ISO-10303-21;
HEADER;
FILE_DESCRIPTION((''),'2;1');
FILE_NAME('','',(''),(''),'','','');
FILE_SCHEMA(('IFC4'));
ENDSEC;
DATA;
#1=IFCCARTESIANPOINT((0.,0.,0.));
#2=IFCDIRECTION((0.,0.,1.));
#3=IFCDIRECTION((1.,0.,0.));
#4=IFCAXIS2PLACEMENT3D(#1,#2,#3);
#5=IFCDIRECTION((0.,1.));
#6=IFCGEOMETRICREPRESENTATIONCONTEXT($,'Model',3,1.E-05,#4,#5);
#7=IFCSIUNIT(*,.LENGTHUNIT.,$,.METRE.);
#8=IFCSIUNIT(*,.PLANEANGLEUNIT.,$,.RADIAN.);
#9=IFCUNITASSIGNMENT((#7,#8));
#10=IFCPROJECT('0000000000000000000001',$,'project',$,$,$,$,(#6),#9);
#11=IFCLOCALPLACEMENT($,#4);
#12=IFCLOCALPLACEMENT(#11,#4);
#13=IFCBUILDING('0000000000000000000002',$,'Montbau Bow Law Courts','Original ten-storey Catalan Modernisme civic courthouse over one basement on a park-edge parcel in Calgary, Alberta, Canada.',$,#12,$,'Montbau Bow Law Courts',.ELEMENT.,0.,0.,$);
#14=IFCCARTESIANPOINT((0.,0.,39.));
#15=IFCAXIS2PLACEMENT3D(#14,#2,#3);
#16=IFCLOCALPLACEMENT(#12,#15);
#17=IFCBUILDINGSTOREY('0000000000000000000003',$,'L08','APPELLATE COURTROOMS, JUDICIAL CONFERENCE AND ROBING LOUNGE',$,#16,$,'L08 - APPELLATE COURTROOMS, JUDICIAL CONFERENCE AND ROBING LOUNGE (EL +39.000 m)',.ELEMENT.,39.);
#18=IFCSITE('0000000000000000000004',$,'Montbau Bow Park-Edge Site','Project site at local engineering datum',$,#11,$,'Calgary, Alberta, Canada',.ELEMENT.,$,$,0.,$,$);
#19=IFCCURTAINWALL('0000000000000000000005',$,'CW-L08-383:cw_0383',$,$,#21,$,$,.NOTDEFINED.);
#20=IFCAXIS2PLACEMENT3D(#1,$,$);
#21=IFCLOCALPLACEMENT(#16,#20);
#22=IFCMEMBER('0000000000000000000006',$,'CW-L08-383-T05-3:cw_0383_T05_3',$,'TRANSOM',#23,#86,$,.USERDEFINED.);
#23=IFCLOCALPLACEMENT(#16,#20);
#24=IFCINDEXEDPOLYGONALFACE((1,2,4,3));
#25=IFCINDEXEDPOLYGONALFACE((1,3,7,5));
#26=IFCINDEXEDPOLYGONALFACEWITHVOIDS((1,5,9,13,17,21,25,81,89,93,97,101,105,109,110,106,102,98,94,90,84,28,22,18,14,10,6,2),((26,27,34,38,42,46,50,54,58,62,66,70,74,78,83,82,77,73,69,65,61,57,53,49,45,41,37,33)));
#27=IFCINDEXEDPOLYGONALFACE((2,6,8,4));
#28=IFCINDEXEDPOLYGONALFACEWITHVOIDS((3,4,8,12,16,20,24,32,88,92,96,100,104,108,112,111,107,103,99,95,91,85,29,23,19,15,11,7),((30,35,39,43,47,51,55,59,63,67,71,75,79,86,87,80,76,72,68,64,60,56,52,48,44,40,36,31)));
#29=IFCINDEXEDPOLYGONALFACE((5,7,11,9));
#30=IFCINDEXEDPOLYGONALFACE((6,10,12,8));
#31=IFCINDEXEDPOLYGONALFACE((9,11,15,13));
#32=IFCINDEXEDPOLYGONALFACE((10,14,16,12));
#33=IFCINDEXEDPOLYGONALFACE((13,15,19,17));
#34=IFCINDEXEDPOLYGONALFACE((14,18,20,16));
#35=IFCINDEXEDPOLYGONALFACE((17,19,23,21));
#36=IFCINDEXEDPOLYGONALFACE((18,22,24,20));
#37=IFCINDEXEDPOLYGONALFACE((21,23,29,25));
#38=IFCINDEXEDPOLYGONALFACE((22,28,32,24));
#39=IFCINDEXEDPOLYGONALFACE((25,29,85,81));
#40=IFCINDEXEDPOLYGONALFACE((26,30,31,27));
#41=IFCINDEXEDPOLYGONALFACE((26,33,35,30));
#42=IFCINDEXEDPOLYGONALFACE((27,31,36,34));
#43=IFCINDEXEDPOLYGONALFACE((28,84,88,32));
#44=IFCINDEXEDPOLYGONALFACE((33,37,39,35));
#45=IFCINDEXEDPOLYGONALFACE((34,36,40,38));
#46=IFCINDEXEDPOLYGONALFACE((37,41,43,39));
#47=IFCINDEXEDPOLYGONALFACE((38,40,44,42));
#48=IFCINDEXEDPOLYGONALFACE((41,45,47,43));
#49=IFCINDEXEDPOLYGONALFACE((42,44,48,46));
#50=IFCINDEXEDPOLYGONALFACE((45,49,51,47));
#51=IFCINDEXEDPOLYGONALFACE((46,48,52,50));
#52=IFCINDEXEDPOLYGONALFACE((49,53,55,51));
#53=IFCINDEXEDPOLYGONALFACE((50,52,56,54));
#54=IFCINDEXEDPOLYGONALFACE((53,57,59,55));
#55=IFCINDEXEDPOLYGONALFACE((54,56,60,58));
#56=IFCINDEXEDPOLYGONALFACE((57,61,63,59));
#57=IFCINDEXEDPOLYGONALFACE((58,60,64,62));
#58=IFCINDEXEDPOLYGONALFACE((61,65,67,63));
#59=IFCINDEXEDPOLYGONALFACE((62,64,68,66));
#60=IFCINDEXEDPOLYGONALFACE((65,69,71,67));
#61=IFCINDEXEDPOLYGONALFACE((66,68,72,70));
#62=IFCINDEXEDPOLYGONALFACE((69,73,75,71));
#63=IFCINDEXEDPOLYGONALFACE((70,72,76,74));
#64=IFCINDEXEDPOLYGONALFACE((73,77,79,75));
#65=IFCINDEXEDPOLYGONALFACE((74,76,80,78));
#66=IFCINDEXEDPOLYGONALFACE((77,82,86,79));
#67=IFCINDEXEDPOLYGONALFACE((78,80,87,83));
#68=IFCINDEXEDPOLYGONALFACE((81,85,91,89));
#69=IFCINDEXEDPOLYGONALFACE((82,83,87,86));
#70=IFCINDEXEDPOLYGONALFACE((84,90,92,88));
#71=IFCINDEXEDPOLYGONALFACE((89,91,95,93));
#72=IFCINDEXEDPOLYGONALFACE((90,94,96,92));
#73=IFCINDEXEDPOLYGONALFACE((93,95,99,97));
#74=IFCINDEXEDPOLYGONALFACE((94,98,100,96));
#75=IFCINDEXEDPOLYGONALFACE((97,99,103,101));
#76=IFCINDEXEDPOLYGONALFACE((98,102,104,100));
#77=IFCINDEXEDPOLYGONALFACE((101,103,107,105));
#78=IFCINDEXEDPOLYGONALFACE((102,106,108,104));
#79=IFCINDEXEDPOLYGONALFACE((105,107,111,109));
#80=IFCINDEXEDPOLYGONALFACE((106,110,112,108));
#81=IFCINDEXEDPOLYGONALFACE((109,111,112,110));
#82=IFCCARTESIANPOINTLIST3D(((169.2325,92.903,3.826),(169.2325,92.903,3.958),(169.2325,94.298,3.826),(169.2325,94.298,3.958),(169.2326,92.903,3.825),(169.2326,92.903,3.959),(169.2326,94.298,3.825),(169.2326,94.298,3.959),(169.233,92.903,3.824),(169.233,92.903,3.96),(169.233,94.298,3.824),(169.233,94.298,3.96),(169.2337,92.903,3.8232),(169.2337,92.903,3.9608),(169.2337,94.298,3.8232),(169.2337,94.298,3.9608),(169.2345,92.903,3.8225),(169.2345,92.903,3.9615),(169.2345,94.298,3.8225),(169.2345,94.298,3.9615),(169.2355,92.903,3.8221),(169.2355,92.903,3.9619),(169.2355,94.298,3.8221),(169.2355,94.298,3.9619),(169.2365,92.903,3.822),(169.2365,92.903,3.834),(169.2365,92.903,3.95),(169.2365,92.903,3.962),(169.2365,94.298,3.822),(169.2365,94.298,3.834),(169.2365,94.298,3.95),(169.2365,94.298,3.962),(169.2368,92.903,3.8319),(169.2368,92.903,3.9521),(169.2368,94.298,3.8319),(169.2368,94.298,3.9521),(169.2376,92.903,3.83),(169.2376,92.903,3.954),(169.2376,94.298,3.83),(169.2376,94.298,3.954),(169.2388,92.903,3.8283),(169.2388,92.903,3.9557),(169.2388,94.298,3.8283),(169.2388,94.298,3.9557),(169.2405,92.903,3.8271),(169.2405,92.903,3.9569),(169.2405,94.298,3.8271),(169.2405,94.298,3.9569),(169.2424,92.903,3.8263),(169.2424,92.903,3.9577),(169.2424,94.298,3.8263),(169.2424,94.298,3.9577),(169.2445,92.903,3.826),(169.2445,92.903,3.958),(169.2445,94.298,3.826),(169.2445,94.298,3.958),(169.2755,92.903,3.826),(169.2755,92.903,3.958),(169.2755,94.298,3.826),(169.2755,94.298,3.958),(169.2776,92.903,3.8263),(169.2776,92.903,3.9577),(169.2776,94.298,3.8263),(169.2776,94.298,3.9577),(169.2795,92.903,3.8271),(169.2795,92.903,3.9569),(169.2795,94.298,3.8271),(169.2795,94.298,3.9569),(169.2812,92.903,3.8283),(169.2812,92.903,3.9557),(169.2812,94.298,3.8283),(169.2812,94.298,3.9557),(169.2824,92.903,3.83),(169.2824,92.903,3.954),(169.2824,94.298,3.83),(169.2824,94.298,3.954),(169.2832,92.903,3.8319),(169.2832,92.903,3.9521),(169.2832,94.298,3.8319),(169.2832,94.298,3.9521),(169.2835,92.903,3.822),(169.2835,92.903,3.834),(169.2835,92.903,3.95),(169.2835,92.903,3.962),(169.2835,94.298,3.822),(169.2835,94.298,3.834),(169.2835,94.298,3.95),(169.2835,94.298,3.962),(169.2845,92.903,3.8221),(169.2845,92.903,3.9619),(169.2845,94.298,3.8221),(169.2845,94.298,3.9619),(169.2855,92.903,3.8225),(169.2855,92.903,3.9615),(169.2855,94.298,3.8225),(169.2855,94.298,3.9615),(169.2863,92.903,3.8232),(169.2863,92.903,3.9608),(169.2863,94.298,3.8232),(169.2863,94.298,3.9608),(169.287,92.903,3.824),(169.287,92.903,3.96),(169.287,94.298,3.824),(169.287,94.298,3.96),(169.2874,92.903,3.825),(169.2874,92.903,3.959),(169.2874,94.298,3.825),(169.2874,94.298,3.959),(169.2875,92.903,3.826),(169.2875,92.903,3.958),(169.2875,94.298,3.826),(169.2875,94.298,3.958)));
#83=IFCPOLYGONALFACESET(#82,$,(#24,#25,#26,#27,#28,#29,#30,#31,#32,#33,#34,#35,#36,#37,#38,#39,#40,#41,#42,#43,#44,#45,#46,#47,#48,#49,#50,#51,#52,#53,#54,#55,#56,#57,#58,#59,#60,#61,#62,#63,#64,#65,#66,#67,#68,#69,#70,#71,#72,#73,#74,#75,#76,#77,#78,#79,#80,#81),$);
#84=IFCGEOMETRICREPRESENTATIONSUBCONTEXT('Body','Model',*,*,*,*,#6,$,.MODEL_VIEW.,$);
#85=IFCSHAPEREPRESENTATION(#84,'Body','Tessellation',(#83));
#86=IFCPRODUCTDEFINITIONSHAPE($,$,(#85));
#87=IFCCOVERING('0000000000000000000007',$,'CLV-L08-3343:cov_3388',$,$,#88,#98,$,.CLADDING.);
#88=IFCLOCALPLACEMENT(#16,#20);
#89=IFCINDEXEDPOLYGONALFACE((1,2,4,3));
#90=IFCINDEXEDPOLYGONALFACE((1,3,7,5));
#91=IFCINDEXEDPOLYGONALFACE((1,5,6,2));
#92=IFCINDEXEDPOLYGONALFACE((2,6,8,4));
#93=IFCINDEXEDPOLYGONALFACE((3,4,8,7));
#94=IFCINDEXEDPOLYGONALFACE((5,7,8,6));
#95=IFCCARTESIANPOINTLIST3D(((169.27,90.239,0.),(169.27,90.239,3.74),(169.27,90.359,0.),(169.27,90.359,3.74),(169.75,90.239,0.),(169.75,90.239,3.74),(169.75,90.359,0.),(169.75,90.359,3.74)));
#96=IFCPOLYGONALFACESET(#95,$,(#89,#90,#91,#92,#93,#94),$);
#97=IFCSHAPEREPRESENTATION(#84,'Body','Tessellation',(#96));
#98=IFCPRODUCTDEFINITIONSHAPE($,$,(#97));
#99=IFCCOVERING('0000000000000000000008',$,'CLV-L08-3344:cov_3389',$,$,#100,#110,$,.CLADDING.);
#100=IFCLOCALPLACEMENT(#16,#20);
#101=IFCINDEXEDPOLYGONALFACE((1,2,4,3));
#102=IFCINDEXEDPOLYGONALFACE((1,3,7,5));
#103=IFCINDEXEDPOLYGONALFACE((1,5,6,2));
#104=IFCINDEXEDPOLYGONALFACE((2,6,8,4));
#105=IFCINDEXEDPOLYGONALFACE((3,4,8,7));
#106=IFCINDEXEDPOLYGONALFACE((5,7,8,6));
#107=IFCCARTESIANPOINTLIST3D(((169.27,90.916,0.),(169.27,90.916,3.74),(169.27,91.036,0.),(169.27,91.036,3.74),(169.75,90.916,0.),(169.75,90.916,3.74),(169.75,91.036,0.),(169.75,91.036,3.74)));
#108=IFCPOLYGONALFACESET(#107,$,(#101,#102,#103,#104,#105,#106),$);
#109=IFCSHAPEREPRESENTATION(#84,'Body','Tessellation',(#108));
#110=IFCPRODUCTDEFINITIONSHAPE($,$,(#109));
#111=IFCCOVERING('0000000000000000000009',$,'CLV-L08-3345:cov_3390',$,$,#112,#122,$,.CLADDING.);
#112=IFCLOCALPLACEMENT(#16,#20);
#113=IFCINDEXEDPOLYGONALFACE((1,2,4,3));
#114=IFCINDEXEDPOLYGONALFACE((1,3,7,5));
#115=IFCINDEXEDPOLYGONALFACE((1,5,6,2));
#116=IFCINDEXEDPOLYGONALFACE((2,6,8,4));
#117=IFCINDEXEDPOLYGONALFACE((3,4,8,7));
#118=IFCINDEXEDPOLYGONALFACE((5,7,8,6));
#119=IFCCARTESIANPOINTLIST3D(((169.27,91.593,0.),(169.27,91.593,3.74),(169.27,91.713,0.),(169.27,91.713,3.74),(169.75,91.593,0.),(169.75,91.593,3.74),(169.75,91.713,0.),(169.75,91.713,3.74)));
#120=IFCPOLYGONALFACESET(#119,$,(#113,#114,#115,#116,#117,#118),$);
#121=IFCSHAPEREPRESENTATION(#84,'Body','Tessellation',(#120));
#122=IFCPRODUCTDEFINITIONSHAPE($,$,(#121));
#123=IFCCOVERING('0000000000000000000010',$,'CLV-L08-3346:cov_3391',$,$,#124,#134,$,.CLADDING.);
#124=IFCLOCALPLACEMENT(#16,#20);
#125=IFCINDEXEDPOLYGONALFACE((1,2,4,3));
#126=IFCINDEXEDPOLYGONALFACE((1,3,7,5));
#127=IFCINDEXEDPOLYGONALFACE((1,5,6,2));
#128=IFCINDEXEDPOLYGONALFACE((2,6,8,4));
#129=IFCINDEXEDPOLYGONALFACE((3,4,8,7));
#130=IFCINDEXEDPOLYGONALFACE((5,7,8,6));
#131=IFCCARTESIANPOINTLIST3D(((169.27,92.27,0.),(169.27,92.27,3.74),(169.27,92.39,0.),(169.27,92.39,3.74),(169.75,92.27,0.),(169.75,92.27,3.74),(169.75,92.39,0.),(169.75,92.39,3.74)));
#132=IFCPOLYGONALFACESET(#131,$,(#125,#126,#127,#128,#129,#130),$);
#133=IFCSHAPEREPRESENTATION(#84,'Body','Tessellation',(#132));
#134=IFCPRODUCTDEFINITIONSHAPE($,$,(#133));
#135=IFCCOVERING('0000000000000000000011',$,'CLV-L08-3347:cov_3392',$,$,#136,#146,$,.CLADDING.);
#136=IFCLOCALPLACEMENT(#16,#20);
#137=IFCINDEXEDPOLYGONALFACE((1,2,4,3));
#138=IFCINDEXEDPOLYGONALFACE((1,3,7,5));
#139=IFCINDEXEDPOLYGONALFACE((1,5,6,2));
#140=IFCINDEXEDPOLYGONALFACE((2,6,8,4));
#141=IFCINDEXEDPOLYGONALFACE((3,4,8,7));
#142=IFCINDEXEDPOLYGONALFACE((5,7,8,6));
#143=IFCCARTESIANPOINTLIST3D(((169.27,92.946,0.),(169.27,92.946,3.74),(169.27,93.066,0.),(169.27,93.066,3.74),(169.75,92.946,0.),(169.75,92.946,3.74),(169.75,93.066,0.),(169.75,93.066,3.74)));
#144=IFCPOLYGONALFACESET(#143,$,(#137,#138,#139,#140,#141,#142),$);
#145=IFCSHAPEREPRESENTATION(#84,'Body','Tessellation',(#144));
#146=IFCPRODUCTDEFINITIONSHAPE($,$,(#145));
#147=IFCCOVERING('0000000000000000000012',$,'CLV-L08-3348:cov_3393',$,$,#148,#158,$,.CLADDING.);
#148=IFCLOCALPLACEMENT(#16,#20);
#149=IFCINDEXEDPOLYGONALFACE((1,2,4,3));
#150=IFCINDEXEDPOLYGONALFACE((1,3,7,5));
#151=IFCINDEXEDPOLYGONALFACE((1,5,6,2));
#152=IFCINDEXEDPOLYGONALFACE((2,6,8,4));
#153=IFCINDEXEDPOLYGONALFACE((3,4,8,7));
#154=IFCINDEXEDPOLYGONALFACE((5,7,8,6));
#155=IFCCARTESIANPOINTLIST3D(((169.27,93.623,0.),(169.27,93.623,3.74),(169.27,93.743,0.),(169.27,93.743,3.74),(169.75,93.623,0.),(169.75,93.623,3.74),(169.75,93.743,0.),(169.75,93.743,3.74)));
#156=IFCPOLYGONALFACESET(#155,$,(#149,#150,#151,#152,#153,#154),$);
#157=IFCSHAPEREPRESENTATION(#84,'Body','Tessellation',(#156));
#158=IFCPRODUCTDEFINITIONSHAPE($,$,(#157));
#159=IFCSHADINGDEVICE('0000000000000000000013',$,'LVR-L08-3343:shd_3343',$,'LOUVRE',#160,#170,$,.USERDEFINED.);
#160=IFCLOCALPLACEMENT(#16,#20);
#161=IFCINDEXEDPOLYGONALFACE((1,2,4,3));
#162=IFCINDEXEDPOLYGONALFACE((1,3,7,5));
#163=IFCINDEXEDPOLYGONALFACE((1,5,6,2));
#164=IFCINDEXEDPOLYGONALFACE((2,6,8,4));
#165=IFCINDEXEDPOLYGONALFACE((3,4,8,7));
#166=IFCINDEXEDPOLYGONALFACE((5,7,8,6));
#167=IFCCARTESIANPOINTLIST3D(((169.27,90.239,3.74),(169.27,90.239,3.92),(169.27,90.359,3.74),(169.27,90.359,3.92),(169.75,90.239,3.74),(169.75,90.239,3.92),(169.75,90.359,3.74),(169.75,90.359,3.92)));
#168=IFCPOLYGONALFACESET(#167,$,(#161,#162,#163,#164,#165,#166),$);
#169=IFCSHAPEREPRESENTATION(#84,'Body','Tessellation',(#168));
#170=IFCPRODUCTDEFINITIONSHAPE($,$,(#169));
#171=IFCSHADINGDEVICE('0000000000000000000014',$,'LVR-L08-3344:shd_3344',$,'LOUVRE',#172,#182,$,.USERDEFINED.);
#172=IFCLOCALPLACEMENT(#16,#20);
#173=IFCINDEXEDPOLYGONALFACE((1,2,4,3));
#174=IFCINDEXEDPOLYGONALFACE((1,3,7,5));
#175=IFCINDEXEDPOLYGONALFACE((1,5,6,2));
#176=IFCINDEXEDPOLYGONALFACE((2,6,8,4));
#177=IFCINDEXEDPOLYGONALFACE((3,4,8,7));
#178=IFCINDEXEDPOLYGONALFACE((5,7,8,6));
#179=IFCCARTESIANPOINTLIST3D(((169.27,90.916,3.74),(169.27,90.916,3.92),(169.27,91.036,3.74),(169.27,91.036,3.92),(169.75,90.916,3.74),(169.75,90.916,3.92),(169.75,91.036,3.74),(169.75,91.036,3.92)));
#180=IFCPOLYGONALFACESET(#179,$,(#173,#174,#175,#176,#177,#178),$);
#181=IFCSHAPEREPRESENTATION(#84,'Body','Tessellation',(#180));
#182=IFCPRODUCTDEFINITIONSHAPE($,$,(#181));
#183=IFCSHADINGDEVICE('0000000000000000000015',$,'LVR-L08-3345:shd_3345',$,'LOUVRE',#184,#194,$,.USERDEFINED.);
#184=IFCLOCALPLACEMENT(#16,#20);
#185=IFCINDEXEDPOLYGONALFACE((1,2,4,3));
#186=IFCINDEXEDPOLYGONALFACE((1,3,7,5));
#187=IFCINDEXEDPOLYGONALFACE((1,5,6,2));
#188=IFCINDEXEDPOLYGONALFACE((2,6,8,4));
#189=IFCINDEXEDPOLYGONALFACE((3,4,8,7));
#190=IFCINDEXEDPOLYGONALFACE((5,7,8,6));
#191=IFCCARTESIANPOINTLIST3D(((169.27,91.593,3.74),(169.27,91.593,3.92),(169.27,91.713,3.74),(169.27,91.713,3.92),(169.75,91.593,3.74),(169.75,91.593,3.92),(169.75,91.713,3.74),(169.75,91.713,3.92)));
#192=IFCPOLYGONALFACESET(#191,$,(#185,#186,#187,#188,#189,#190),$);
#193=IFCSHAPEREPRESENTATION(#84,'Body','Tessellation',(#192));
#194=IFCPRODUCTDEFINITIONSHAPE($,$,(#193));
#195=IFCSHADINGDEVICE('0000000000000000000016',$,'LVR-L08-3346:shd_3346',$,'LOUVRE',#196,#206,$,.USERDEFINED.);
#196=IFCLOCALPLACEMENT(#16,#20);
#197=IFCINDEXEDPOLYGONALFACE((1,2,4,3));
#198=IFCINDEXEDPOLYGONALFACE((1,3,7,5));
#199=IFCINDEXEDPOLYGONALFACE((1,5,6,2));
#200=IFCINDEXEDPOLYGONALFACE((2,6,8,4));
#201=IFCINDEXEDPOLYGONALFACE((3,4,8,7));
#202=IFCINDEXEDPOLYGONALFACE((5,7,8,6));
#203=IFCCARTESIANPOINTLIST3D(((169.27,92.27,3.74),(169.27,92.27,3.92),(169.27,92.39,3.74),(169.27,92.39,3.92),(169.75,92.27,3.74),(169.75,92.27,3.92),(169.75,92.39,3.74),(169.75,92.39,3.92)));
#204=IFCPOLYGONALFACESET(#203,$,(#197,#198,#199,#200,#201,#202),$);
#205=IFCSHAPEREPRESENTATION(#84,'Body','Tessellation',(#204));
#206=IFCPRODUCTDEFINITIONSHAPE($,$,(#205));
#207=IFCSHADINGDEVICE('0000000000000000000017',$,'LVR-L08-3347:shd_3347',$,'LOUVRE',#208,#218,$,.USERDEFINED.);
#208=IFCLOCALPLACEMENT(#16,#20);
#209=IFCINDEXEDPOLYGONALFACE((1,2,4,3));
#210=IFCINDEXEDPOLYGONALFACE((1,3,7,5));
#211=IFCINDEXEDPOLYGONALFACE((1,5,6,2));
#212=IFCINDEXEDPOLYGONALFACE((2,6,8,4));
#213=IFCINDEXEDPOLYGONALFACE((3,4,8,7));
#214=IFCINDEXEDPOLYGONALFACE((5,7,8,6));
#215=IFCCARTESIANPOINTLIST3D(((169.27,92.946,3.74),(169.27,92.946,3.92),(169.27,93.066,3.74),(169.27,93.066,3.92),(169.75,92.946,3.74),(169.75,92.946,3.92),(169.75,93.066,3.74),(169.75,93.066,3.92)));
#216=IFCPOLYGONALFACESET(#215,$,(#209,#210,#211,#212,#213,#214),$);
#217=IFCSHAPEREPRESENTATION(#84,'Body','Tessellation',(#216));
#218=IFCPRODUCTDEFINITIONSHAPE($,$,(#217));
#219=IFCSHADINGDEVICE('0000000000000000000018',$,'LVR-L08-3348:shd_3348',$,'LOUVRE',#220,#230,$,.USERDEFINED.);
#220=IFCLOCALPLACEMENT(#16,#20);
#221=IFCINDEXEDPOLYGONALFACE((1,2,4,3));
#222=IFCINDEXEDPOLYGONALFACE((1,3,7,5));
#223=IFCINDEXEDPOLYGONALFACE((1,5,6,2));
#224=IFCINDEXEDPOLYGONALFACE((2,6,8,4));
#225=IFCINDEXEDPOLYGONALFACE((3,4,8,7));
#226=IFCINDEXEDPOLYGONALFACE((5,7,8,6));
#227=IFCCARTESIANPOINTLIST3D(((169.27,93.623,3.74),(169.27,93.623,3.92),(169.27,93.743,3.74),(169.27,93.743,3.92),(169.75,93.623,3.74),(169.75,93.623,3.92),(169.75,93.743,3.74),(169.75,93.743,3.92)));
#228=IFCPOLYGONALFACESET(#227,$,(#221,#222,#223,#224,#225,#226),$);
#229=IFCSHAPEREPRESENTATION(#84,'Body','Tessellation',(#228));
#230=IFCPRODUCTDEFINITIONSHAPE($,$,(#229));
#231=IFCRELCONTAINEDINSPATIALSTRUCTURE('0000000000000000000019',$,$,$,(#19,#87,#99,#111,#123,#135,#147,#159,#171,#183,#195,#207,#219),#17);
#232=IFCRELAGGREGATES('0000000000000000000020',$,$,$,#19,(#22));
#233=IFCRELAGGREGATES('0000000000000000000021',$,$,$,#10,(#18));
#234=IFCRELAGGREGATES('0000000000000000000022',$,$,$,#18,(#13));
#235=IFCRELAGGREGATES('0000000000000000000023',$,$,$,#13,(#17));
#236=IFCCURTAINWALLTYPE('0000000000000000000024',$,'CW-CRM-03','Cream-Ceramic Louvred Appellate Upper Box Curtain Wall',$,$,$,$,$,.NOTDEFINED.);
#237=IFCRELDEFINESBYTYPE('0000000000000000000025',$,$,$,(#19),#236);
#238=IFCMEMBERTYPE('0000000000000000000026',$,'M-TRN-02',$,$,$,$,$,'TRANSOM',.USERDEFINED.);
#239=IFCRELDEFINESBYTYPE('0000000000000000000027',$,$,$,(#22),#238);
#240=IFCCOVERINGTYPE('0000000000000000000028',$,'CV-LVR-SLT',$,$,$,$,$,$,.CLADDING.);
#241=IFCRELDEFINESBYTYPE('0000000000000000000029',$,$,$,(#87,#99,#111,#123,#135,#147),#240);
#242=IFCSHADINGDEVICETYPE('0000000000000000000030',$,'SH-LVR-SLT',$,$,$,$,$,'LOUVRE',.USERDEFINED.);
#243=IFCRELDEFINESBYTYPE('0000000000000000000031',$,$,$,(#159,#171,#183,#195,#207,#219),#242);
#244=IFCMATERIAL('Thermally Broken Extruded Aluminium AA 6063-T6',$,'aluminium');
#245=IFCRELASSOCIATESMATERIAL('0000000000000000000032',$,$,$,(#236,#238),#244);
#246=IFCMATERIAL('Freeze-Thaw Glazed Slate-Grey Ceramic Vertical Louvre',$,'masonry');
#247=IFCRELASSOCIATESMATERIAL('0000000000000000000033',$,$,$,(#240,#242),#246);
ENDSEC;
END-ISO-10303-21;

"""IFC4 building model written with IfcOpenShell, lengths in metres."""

from ifc_helpers import new_model, si_unit, direction, frame, frame_2d, origin_with_axes, origin_2d_with_axis, place, context, subcontext, project, spatial, rectangle, hollow_rectangle, extrude, material, material_profile, profile_set, type_object, element, aggregate, save


model = new_model("IFC4")

# Units and contexts
model_context = context("Model", 3, precision=1e-05, world=origin_with_axes(), true_north=direction((0.0, 1.0)))
body_context = subcontext(model_context, "Body", "Model", "MODEL_VIEW")
ifc_project = project(units=[si_unit("LENGTHUNIT", "METRE"), si_unit("PLANEANGLEUNIT", "RADIAN")], contexts=[model_context])

# Site, building, storey
site_placement = place(None, origin_with_axes())
site = spatial("IfcSite", under=ifc_project, at=site_placement, Name="Montbau Bow Park-Edge Site", Description="Project site at local engineering datum", LongName="Calgary, Alberta, Canada", CompositionType="ELEMENT", RefElevation=0.0)
building_placement = place(site_placement, origin_with_axes())
building = spatial("IfcBuilding", under=site, at=building_placement, Name="Montbau Bow Law Courts", Description="Original ten-storey Catalan Modernisme civic courthouse over one basement on a park-edge parcel in Calgary, Alberta, Canada.", LongName="Montbau Bow Law Courts", CompositionType="ELEMENT", ElevationOfRefHeight=0.0, ElevationOfTerrain=0.0)
storey_placement = place(building_placement, frame((0.0, 0.0, 39.0), z_axis=(0.0, 0.0, 1.0), x_axis=(1.0, 0.0, 0.0)))
storey = spatial("IfcBuildingStorey", under=building, at=storey_placement, Name="L08", Description="APPELLATE COURTROOMS, JUDICIAL CONFERENCE AND ROBING LOUNGE", LongName="L08 - APPELLATE COURTROOMS, JUDICIAL CONFERENCE AND ROBING LOUNGE (EL +39.000 m)", CompositionType="ELEMENT", Elevation=39.0)

# Curtain wall, member
ifc_material_1 = material(Name="Thermally Broken Extruded Aluminium AA 6063-T6", Category="aluminium")
curtain_wall_type = type_object("IfcCurtainWallType", Name="CW-CRM-03", Description="Cream-Ceramic Louvred Appellate Upper Box Curtain Wall", PredefinedType="NOTDEFINED", material=ifc_material_1)
curtain_wall_placement = place(None, frame((169.26, 86.915, 39.0), z_axis=(0.0, 0.0, 1.0), x_axis=(1.0, 0.0, 0.0)))
curtain_wall = element("IfcCurtainWall", 1, at=curtain_wall_placement, inside=storey, type_object=curtain_wall_type, Name="CW-L08-383:cw_0383", PredefinedType="NOTDEFINED")
ifc_material_profile_1 = material_profile(ifc_material_1, hollow_rectangle(XDim=0.055, YDim=0.14, WallThickness=0.004, InnerFilletRadius=0.008, OuterFilletRadius=0.004, at=origin_2d_with_axis()), Name="CWT-140X55", Category="Main", Priority=0)
ifc_profile_set_1 = profile_set([ifc_material_profile_1], Name="Thermally Broken Extruded Aluminium AA 6063-T6")
member_type_1 = type_object("IfcMemberType", Name="M-TRN-02", ElementType="TRANSOM", PredefinedType="USERDEFINED", material=ifc_profile_set_1)
member_1_placement = place(None, frame((169.26, 92.903, 42.892), z_axis=(0.0, 1.0, 0.0), x_axis=(-1.0, 0.0, 0.0)))
member_1 = element("IfcMember", 2, at=member_1_placement, type_object=member_type_1, Name="CW-L08-383-T05-3:cw_0383_T05_3", ObjectType="TRANSOM", PredefinedType="USERDEFINED", context=body_context, shape_type="SweptSolid", body=[
    extrude(hollow_rectangle(XDim=0.055, YDim=0.14, WallThickness=0.004, InnerFilletRadius=0.008, OuterFilletRadius=0.004, at=origin_2d_with_axis()), origin_with_axes(), (0.0, 0.0, 1.0), 1.395),
])
aggregate(curtain_wall, [member_1])

# Coverings
ifc_material_2 = material(Name="Freeze-Thaw Glazed Slate-Grey Ceramic Vertical Louvre", Category="masonry")
covering_type = type_object("IfcCoveringType", Name="CV-LVR-SLT", PredefinedType="CLADDING", material=ifc_material_2)
for number, where, z_axis, x_axis, name in (
    (3, (169.27, 90.299, 39.0), (0.0, -1.0, 0.0), (1.0, 0.0, 0.0), "CLV-L08-3343:cov_3388"),
    (4, (169.27, 90.976, 39.0), (0.0, -1.0, 0.0), (1.0, 0.0, 0.0), "CLV-L08-3344:cov_3389"),
    (5, (169.27, 91.653, 39.0), (0.0, -1.0, 0.0), (1.0, 0.0, 0.0), "CLV-L08-3345:cov_3390"),
    (6, (169.27, 92.33, 39.0), (0.0, -1.0, 0.0), (1.0, 0.0, 0.0), "CLV-L08-3346:cov_3391"),
    (7, (169.27, 93.006, 39.0), (0.0, -1.0, 0.0), (1.0, 0.0, 0.0), "CLV-L08-3347:cov_3392"),
    (8, (169.27, 93.683, 39.0), (0.0, -1.0, 0.0), (1.0, 0.0, 0.0), "CLV-L08-3348:cov_3393"),
):
    element("IfcCovering", number, at=place(None, frame(where, z_axis=z_axis, x_axis=x_axis)), inside=storey, type_object=covering_type, Name=name, PredefinedType="CLADDING", context=body_context, shape_type="SweptSolid", body=[
        extrude(rectangle(XDim=0.48, YDim=3.74, at=frame_2d((0.24, 1.87), x_axis=(1.0, 0.0))), frame((0.0, 0.0, -0.06), z_axis=(0.0, 0.0, 1.0), x_axis=(1.0, 0.0, 0.0)), (0.0, 0.0, 1.0), 0.12),
    ])

# Shading devices
shading_device_type = type_object("IfcShadingDeviceType", Name="SH-LVR-SLT", ElementType="LOUVRE", PredefinedType="USERDEFINED", material=ifc_material_2)
for number, where, z_axis, x_axis, name in (
    (9, (169.51, 90.299, 42.74), (0.0, 0.0, 1.0), (1.0, 0.0, 0.0), "LVR-L08-3343:shd_3343"),
    (10, (169.51, 90.976, 42.74), (0.0, 0.0, 1.0), (1.0, 0.0, 0.0), "LVR-L08-3344:shd_3344"),
    (11, (169.51, 91.653, 42.74), (0.0, 0.0, 1.0), (1.0, 0.0, 0.0), "LVR-L08-3345:shd_3345"),
    (12, (169.51, 92.33, 42.74), (0.0, 0.0, 1.0), (1.0, 0.0, 0.0), "LVR-L08-3346:shd_3346"),
    (13, (169.51, 93.006, 42.74), (0.0, 0.0, 1.0), (1.0, 0.0, 0.0), "LVR-L08-3347:shd_3347"),
    (14, (169.51, 93.683, 42.74), (0.0, 0.0, 1.0), (1.0, 0.0, 0.0), "LVR-L08-3348:shd_3348"),
):
    element("IfcShadingDevice", number, at=place(None, frame(where, z_axis=z_axis, x_axis=x_axis)), inside=storey, type_object=shading_device_type, Name=name, ObjectType="LOUVRE", PredefinedType="USERDEFINED", context=body_context, shape_type="SweptSolid", body=[
        extrude(rectangle(XDim=0.48, YDim=0.12, at=origin_2d_with_axis()), origin_with_axes(), (0.0, 0.0, 1.0), 0.18),
    ])

save(model, "model.ifc")
